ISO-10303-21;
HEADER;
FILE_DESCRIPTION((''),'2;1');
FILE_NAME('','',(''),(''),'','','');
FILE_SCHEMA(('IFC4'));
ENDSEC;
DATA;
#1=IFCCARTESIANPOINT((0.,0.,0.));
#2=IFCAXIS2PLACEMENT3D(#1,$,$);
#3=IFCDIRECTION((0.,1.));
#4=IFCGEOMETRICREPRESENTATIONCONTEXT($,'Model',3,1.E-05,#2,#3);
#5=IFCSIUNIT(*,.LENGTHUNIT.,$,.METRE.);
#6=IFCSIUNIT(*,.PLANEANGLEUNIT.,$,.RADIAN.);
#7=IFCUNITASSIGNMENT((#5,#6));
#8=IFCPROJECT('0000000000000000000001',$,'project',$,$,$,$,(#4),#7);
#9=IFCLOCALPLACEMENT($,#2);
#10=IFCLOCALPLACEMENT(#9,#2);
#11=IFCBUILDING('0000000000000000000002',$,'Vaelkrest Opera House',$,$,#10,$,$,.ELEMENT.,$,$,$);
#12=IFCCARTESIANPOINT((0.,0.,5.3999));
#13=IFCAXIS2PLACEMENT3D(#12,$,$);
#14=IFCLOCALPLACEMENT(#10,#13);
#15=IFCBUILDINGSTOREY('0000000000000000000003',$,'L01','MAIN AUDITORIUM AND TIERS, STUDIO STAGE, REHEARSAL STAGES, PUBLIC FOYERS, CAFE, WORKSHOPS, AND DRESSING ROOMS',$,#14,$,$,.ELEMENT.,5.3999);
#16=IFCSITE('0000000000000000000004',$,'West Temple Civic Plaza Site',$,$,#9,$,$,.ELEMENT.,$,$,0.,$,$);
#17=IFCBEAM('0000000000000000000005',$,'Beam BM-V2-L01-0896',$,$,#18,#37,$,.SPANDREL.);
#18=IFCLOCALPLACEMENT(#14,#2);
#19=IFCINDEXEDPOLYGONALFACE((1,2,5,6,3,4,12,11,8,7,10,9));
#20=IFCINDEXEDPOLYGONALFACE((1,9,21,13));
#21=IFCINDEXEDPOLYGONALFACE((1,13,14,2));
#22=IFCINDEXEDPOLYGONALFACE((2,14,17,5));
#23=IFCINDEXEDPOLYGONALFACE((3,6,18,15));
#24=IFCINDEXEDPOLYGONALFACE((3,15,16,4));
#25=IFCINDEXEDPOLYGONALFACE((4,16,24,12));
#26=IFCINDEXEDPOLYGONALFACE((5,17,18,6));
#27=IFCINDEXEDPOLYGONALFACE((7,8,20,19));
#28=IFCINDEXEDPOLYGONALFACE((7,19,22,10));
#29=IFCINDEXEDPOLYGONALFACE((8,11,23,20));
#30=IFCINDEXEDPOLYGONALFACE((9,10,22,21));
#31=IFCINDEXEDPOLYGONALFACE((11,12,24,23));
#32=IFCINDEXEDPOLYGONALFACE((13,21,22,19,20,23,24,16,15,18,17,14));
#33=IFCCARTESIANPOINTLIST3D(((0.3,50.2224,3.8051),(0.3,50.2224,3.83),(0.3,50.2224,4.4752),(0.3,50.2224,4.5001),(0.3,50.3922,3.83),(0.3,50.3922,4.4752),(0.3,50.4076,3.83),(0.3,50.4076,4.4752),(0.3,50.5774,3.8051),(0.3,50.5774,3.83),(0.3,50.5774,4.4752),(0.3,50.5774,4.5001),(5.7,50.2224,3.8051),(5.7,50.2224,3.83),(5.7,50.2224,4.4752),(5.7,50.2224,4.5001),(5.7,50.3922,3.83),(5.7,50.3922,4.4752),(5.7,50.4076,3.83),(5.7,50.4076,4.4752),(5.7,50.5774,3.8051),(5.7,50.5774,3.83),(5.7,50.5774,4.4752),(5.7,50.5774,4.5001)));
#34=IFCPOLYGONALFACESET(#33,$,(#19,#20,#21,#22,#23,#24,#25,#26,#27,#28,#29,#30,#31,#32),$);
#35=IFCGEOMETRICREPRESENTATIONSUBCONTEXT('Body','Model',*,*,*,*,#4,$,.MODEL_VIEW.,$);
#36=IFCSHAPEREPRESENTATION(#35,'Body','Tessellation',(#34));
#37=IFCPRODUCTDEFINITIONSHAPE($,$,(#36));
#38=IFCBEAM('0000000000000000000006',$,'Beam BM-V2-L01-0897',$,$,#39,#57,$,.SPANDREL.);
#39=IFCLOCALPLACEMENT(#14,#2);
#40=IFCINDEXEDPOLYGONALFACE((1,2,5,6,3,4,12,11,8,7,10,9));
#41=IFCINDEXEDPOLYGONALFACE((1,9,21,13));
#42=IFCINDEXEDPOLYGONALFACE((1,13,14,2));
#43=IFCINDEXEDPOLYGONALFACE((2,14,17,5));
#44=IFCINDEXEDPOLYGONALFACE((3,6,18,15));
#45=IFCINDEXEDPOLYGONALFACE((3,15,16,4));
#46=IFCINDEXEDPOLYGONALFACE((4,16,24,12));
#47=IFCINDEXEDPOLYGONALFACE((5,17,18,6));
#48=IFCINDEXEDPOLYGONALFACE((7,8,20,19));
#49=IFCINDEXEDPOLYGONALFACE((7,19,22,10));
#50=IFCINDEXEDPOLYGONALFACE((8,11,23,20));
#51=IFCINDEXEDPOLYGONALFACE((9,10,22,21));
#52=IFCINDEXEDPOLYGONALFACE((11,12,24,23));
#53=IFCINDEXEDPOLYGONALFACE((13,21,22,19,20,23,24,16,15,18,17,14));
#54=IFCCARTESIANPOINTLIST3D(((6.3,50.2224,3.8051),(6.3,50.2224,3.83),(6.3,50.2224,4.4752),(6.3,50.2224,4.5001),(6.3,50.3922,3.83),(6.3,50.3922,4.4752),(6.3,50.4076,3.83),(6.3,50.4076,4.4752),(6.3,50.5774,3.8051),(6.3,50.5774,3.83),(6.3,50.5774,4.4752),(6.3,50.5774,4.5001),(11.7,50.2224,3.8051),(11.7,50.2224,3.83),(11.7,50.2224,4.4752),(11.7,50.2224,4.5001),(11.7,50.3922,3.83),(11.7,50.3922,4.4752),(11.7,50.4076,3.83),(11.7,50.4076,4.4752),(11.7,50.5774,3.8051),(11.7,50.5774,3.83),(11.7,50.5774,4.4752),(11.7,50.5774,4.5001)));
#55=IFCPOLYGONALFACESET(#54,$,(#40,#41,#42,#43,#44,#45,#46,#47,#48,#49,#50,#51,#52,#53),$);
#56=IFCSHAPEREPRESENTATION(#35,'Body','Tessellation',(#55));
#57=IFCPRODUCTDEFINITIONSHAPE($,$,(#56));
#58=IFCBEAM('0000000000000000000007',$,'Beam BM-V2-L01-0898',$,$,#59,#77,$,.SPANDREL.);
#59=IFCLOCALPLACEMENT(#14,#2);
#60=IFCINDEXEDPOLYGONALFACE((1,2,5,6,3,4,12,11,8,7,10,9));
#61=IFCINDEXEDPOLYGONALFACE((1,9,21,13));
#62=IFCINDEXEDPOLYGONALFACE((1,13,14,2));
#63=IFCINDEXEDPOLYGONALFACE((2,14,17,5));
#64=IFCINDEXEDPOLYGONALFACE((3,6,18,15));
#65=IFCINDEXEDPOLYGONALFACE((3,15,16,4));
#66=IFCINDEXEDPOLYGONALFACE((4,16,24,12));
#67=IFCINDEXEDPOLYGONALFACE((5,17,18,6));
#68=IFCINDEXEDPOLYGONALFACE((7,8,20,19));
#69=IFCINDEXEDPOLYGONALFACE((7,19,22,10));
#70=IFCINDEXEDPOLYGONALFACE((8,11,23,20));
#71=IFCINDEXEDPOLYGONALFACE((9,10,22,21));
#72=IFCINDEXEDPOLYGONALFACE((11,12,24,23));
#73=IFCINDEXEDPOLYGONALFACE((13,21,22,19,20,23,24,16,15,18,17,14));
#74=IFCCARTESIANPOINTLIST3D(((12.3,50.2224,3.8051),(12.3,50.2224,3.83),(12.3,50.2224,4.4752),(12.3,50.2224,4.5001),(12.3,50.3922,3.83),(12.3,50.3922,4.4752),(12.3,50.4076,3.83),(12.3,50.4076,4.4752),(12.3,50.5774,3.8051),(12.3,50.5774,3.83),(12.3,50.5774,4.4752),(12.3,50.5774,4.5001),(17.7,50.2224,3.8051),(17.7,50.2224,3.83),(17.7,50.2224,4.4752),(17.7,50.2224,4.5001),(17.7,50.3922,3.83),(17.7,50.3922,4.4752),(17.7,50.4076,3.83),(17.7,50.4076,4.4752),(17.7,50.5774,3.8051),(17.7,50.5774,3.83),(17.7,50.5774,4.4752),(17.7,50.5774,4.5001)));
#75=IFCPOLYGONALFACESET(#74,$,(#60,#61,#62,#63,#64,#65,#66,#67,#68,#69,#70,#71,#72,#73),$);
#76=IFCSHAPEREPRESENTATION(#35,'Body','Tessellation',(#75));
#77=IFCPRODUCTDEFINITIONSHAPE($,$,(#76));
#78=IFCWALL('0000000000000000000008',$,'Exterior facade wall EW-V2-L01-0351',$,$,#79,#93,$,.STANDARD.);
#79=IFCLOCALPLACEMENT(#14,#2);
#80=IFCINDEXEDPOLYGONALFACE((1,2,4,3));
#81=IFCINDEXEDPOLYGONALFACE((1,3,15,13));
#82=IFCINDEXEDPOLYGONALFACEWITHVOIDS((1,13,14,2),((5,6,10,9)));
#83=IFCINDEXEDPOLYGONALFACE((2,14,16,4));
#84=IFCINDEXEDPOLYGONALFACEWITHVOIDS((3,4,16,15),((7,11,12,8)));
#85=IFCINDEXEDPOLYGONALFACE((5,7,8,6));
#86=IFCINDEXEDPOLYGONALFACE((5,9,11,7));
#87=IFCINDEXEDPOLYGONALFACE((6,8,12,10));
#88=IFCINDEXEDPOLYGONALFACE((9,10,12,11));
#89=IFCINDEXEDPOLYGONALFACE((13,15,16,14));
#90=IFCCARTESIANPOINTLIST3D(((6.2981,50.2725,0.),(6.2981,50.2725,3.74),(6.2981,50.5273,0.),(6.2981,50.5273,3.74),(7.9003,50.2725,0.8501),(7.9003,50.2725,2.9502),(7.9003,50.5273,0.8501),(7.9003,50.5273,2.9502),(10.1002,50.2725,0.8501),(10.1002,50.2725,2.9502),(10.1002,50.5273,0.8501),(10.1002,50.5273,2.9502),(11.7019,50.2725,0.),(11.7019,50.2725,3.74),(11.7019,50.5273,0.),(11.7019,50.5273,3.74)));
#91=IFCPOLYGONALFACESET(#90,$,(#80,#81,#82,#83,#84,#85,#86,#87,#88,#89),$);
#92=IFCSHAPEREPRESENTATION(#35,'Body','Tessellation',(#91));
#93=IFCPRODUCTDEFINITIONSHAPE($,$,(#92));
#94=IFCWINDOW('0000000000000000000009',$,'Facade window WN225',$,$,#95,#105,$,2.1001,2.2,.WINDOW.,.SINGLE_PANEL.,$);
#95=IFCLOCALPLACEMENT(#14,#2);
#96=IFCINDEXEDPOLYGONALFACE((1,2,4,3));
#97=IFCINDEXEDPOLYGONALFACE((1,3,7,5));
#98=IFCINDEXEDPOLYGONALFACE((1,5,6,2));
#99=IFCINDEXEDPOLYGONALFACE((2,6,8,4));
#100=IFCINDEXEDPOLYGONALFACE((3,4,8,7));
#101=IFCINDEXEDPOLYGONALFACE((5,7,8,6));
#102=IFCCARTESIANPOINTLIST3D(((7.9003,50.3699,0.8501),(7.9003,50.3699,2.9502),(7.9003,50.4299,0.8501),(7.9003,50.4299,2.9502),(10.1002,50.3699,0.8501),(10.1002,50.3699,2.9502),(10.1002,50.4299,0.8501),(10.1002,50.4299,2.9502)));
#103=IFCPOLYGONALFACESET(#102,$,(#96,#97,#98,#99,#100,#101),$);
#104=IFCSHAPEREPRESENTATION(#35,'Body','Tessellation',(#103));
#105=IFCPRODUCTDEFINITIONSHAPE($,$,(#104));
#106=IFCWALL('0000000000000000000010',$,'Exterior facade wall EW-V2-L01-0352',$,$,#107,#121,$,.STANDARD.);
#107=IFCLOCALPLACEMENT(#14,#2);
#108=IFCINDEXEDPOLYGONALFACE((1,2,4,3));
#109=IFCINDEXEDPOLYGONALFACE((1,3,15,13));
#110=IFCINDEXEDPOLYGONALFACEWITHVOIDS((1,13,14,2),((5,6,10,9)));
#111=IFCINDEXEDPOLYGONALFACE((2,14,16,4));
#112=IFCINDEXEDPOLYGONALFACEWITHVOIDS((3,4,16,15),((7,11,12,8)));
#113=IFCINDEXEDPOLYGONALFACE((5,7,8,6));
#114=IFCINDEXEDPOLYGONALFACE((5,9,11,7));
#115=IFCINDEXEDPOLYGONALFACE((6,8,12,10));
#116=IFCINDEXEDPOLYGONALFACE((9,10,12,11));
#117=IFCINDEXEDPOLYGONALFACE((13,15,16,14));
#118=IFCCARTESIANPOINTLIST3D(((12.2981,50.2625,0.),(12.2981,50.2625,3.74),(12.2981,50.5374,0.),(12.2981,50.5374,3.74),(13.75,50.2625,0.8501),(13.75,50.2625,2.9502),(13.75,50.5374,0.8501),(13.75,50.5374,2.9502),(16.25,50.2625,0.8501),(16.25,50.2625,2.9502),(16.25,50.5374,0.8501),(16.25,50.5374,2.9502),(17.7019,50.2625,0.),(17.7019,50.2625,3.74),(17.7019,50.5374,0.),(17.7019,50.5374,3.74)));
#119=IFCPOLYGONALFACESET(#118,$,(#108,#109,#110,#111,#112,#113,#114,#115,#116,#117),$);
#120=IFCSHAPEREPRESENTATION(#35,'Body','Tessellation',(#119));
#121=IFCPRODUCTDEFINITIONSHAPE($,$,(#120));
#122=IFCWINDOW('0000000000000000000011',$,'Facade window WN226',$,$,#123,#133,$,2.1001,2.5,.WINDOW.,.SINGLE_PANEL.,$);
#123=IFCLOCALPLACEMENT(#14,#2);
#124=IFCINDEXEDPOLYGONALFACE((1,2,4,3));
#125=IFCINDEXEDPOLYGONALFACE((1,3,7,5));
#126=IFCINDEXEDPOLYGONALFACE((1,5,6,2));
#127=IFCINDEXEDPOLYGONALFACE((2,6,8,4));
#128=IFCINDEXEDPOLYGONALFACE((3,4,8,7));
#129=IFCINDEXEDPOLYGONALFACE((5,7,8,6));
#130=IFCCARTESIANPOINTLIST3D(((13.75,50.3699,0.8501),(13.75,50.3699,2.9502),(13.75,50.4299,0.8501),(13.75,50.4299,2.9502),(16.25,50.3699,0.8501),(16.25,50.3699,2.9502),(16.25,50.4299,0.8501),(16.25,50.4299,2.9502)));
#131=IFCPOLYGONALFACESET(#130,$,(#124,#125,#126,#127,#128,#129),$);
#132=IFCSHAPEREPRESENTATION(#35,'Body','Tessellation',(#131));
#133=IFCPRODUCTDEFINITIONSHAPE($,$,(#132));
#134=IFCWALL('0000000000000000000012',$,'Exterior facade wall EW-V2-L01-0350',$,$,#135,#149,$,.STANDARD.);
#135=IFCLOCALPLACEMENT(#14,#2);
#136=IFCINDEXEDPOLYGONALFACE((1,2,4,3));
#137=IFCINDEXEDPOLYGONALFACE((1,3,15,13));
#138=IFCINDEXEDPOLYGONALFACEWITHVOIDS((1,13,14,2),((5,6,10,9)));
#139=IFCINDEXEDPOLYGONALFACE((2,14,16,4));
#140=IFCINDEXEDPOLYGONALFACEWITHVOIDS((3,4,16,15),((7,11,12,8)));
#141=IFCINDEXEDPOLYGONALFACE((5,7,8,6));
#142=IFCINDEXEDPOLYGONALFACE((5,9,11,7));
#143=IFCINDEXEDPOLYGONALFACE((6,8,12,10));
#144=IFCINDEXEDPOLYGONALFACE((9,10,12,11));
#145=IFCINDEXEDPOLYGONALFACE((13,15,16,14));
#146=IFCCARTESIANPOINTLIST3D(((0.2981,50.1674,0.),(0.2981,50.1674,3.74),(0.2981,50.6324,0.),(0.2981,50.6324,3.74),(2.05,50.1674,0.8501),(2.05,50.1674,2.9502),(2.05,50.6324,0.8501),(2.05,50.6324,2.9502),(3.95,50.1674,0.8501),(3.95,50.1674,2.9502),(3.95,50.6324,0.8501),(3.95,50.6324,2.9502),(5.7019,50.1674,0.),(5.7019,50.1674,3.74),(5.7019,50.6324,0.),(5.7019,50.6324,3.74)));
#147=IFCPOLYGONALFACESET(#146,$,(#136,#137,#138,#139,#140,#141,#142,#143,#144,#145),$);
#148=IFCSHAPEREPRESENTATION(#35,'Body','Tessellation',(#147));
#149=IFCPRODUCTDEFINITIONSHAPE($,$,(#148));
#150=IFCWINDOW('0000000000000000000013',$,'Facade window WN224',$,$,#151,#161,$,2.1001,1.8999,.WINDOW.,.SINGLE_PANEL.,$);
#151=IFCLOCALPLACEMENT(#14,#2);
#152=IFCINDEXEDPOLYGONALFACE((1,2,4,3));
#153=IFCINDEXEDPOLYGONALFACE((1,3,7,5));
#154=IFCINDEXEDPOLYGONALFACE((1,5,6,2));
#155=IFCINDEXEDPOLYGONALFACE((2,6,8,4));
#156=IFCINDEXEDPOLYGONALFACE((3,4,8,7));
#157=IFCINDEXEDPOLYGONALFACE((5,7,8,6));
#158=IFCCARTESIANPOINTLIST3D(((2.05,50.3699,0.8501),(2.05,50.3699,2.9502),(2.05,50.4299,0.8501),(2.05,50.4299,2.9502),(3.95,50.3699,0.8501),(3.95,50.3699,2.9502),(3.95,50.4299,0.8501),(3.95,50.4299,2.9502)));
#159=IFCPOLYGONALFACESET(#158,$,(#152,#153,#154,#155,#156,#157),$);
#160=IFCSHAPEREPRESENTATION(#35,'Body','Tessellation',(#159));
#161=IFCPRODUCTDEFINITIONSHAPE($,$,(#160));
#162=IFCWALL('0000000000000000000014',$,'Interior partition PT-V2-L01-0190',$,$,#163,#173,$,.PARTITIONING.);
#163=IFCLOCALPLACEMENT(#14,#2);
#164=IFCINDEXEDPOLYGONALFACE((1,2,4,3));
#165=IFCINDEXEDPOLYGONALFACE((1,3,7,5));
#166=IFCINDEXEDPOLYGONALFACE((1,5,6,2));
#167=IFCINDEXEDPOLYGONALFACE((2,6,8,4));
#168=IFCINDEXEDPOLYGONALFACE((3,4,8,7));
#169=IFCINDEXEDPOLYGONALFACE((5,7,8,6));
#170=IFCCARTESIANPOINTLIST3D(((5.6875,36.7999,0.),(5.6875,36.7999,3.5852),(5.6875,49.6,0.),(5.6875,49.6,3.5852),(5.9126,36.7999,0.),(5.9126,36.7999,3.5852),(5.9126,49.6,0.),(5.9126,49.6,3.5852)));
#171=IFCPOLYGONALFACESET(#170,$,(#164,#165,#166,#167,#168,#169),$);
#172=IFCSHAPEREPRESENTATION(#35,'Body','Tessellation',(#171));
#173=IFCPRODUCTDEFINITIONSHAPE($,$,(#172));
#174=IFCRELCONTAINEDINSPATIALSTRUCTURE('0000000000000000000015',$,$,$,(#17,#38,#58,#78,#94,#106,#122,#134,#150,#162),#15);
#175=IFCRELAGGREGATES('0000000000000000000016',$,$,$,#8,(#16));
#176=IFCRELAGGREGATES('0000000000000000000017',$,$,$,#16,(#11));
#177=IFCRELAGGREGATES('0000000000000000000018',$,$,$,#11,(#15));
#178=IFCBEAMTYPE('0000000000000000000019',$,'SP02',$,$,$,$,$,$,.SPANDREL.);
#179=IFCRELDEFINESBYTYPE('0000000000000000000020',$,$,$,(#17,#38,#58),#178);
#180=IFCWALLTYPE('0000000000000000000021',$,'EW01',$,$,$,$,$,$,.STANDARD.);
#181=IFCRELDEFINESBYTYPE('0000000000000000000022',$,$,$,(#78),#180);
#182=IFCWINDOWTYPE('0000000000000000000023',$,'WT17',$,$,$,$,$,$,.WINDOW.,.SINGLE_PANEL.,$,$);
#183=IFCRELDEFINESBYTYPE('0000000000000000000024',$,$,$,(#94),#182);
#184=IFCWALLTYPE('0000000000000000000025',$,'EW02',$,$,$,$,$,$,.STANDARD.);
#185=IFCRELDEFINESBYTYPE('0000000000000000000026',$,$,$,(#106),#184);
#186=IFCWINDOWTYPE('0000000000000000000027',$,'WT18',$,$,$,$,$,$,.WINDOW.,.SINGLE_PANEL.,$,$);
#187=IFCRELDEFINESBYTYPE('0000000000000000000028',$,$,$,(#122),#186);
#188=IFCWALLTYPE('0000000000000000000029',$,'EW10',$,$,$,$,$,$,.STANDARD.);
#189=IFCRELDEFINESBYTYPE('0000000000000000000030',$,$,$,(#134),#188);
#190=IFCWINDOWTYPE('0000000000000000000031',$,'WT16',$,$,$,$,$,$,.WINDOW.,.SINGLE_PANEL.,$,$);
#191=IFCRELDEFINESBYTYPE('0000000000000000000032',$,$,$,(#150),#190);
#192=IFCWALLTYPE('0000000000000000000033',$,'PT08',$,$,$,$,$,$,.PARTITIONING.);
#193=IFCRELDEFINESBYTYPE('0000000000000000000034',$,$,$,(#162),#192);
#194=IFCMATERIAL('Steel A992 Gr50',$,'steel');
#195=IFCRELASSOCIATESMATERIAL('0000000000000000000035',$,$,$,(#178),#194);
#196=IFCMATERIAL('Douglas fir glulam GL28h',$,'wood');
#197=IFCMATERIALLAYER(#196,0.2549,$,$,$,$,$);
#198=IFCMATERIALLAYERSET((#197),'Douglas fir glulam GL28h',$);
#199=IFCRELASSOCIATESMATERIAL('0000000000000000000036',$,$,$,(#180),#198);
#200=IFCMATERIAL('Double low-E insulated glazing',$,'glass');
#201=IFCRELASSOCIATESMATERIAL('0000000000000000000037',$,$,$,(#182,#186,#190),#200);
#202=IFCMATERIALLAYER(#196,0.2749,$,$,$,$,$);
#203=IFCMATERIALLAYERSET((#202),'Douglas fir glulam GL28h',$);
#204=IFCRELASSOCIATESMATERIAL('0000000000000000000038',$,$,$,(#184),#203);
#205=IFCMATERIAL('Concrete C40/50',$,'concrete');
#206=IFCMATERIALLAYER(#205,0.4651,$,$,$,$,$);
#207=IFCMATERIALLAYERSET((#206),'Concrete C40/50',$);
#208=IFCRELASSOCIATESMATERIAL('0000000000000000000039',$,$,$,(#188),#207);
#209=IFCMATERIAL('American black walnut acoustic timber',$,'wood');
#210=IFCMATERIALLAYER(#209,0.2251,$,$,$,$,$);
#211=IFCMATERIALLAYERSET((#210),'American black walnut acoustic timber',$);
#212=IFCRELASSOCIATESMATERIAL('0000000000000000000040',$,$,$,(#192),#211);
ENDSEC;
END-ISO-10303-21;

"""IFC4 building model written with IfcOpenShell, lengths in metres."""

from ifc_helpers import new_model, si_unit, direction, frame, frame_2d, origin, origin_2d, place, context, subcontext, project, spatial, rectangle, i_section, extrude, material, layer, layer_set, material_profile, profile_set, type_object, element, fill, save


model = new_model("IFC4")

# Units and contexts
model_context = context("Model", 3, precision=1e-05, world=origin(), true_north=direction((0.0, 1.0)))
body_context = subcontext(model_context, "Body", "Model", "MODEL_VIEW")
ifc_project = project(units=[si_unit("LENGTHUNIT", "METRE"), si_unit("PLANEANGLEUNIT", "RADIAN")], contexts=[model_context])

# Site, building, storey
site_placement = place(None, origin())
site = spatial("IfcSite", under=ifc_project, at=site_placement, Name="West Temple Civic Plaza Site", CompositionType="ELEMENT", RefElevation=0.0)
building_placement = place(site_placement, origin())
building = spatial("IfcBuilding", under=site, at=building_placement, Name="Vaelkrest Opera House", CompositionType="ELEMENT")
storey_placement = place(building_placement, frame((0.0, 0.0, 5.3999)))
storey = spatial("IfcBuildingStorey", under=building, at=storey_placement, Name="L01", Description="MAIN AUDITORIUM AND TIERS, STUDIO STAGE, REHEARSAL STAGES, PUBLIC FOYERS, CAFE, WORKSHOPS, AND DRESSING ROOMS", CompositionType="ELEMENT", Elevation=5.3999)

# Beams
ifc_material_1 = material(Name="Steel A992 Gr50", Category="steel")
ifc_material_profile_1 = material_profile(ifc_material_1, i_section(OverallWidth=0.355, OverallDepth=0.6951, WebThickness=0.0154, FlangeThickness=0.0249, at=origin_2d()), Name="W27X146")
ifc_profile_set_1 = profile_set([ifc_material_profile_1], Name="Steel A992 Gr50")
beam_type_1 = type_object("IfcBeamType", Name="SP02", PredefinedType="SPANDREL", material=ifc_profile_set_1)
for number, where, z_axis, x_axis, name in (
    (1, (0.3, 50.3999, 4.1526), (1.0, 0.0, 0.0), (0.0, 1.0, 0.0), "Beam BM-V2-L01-0896"),
    (2, (6.3, 50.3999, 4.1526), (1.0, 0.0, 0.0), (0.0, 1.0, 0.0), "Beam BM-V2-L01-0897"),
    (3, (12.3, 50.3999, 4.1526), (1.0, 0.0, 0.0), (0.0, 1.0, 0.0), "Beam BM-V2-L01-0898"),
):
    element("IfcBeam", number, at=place(storey_placement, frame(where, z_axis=z_axis, x_axis=x_axis)), inside=storey, type_object=beam_type_1, Name=name, PredefinedType="SPANDREL", context=body_context, shape_type="SweptSolid", body=[
        extrude(i_section(OverallWidth=0.355, OverallDepth=0.6951, WebThickness=0.0154, FlangeThickness=0.0249, at=origin_2d()), origin(), (0.0, 0.0, 1.0), 5.3999),
    ])

# Walls, openings, windows
ifc_material_2 = material(Name="Douglas fir glulam GL28h", Category="wood")
ifc_layer_1 = layer(ifc_material_2, 0.2549)
ifc_layer_set_1 = layer_set([ifc_layer_1], Name="Douglas fir glulam GL28h")
wall_type_1 = type_object("IfcWallType", Name="EW01", PredefinedType="STANDARD", material=ifc_layer_set_1)
wall_1_placement = place(storey_placement, frame((6.2981, 50.3999, 0.0), z_axis=(0.0, 0.0, 1.0), x_axis=(1.0, 0.0, 0.0)))
wall_1 = element("IfcWall", 4, at=wall_1_placement, inside=storey, type_object=wall_type_1, Name="Exterior facade wall EW-V2-L01-0351", PredefinedType="STANDARD", context=body_context, shape_type="SweptSolid", body=[
    extrude(rectangle(XDim=5.4038, YDim=0.2549, at=frame_2d((2.7019, 0.0))), origin(), (0.0, 0.0, 1.0), 3.74),
])
opening_1_placement = place(wall_1_placement, frame((1.6021, 0.0, 0.8501)))
opening_1 = element("IfcOpeningElement", 5, at=opening_1_placement, cuts=wall_1, PredefinedType="OPENING", context=body_context, shape_type="SweptSolid", body=[
    extrude(rectangle(XDim=2.2, YDim=2.1001, at=frame_2d((1.1001, 1.05))), frame((0.0, 0.1375, 0.0), z_axis=(0.0, -1.0, 0.0), x_axis=(1.0, 0.0, 0.0)), (0.0, 0.0, 1.0), 0.2749),
])
ifc_material_3 = material(Name="Double low-E insulated glazing", Category="glass")
window_type_1 = type_object("IfcWindowType", Name="WT17", PartitioningType="SINGLE_PANEL", PredefinedType="WINDOW", material=ifc_material_3)
window_1_placement = place(opening_1_placement, origin())
window_1 = element("IfcWindow", 6, at=window_1_placement, inside=storey, type_object=window_type_1, Name="Facade window WN225", OverallHeight=2.1001, OverallWidth=2.2, PartitioningType="SINGLE_PANEL", PredefinedType="WINDOW", context=body_context, shape_type="SweptSolid", body=[
    extrude(rectangle(XDim=2.2, YDim=2.1001, at=frame_2d((1.1001, 1.05))), frame((0.0, 0.03, 0.0), z_axis=(0.0, -1.0, 0.0), x_axis=(1.0, 0.0, 0.0)), (0.0, 0.0, 1.0), 0.0601),
])
fill(opening_1, window_1)
ifc_layer_2 = layer(ifc_material_2, 0.2749)
ifc_layer_set_2 = layer_set([ifc_layer_2], Name="Douglas fir glulam GL28h")
wall_type_2 = type_object("IfcWallType", Name="EW02", PredefinedType="STANDARD", material=ifc_layer_set_2)
wall_2_placement = place(storey_placement, frame((12.2981, 50.3999, 0.0), z_axis=(0.0, 0.0, 1.0), x_axis=(1.0, 0.0, 0.0)))
wall_2 = element("IfcWall", 7, at=wall_2_placement, inside=storey, type_object=wall_type_2, Name="Exterior facade wall EW-V2-L01-0352", PredefinedType="STANDARD", context=body_context, shape_type="SweptSolid", body=[
    extrude(rectangle(XDim=5.4038, YDim=0.2749, at=frame_2d((2.7019, 0.0))), origin(), (0.0, 0.0, 1.0), 3.74),
])
opening_2_placement = place(wall_2_placement, frame((1.4519, 0.0, 0.8501)))
opening_2 = element("IfcOpeningElement", 8, at=opening_2_placement, cuts=wall_2, PredefinedType="OPENING", context=body_context, shape_type="SweptSolid", body=[
    extrude(rectangle(XDim=2.5, YDim=2.1001, at=frame_2d((1.25, 1.05))), frame((0.0, 0.1475, 0.0), z_axis=(0.0, -1.0, 0.0), x_axis=(1.0, 0.0, 0.0)), (0.0, 0.0, 1.0), 0.2949),
])
window_type_2 = type_object("IfcWindowType", Name="WT18", PartitioningType="SINGLE_PANEL", PredefinedType="WINDOW", material=ifc_material_3)
window_2_placement = place(opening_2_placement, origin())
window_2 = element("IfcWindow", 9, at=window_2_placement, inside=storey, type_object=window_type_2, Name="Facade window WN226", OverallHeight=2.1001, OverallWidth=2.5, PartitioningType="SINGLE_PANEL", PredefinedType="WINDOW", context=body_context, shape_type="SweptSolid", body=[
    extrude(rectangle(XDim=2.5, YDim=2.1001, at=frame_2d((1.25, 1.05))), frame((0.0, 0.03, 0.0), z_axis=(0.0, -1.0, 0.0), x_axis=(1.0, 0.0, 0.0)), (0.0, 0.0, 1.0), 0.0601),
])
fill(opening_2, window_2)
ifc_material_4 = material(Name="Concrete C40/50", Category="concrete")
ifc_layer_3 = layer(ifc_material_4, 0.4651)
ifc_layer_set_3 = layer_set([ifc_layer_3], Name="Concrete C40/50")
wall_type_3 = type_object("IfcWallType", Name="EW10", PredefinedType="STANDARD", material=ifc_layer_set_3)
wall_3_placement = place(storey_placement, frame((0.2981, 50.3999, 0.0), z_axis=(0.0, 0.0, 1.0), x_axis=(1.0, 0.0, 0.0)))
wall_3 = element("IfcWall", 10, at=wall_3_placement, inside=storey, type_object=wall_type_3, Name="Exterior facade wall EW-V2-L01-0350", PredefinedType="STANDARD", context=body_context, shape_type="SweptSolid", body=[
    extrude(rectangle(XDim=5.4038, YDim=0.4651, at=frame_2d((2.7019, 0.0))), origin(), (0.0, 0.0, 1.0), 3.74),
])
opening_3_placement = place(wall_3_placement, frame((1.752, 0.0, 0.8501)))
opening_3 = element("IfcOpeningElement", 11, at=opening_3_placement, cuts=wall_3, PredefinedType="OPENING", context=body_context, shape_type="SweptSolid", body=[
    extrude(rectangle(XDim=1.8999, YDim=2.1001, at=frame_2d((0.95, 1.05))), frame((0.0, 0.2424, 0.0), z_axis=(0.0, -1.0, 0.0), x_axis=(1.0, 0.0, 0.0)), (0.0, 0.0, 1.0), 0.4851),
])
window_type_3 = type_object("IfcWindowType", Name="WT16", PartitioningType="SINGLE_PANEL", PredefinedType="WINDOW", material=ifc_material_3)
window_3_placement = place(opening_3_placement, origin())
window_3 = element("IfcWindow", 12, at=window_3_placement, inside=storey, type_object=window_type_3, Name="Facade window WN224", OverallHeight=2.1001, OverallWidth=1.8999, PartitioningType="SINGLE_PANEL", PredefinedType="WINDOW", context=body_context, shape_type="SweptSolid", body=[
    extrude(rectangle(XDim=1.8999, YDim=2.1001, at=frame_2d((0.95, 1.05))), frame((0.0, 0.03, 0.0), z_axis=(0.0, -1.0, 0.0), x_axis=(1.0, 0.0, 0.0)), (0.0, 0.0, 1.0), 0.0601),
])
fill(opening_3, window_3)

# Wall
ifc_material_5 = material(Name="American black walnut acoustic timber", Category="wood")
ifc_layer_4 = layer(ifc_material_5, 0.2251)
ifc_layer_set_4 = layer_set([ifc_layer_4], Name="American black walnut acoustic timber")
wall_type_4 = type_object("IfcWallType", Name="PT08", PredefinedType="PARTITIONING", material=ifc_layer_set_4)
wall_4_placement = place(storey_placement, frame((5.8, 36.8, 0.0), z_axis=(0.0, 0.0, 1.0), x_axis=(0.0, 1.0, 0.0)))
element("IfcWall", 13, at=wall_4_placement, inside=storey, type_object=wall_type_4, Name="Interior partition PT-V2-L01-0190", PredefinedType="PARTITIONING", context=body_context, shape_type="SweptSolid", body=[
    extrude(rectangle(XDim=12.8, YDim=0.2251, at=frame_2d((6.3999, 0.0))), origin(), (0.0, 0.0, 1.0), 3.5852),
])

save(model, "model.ifc")
